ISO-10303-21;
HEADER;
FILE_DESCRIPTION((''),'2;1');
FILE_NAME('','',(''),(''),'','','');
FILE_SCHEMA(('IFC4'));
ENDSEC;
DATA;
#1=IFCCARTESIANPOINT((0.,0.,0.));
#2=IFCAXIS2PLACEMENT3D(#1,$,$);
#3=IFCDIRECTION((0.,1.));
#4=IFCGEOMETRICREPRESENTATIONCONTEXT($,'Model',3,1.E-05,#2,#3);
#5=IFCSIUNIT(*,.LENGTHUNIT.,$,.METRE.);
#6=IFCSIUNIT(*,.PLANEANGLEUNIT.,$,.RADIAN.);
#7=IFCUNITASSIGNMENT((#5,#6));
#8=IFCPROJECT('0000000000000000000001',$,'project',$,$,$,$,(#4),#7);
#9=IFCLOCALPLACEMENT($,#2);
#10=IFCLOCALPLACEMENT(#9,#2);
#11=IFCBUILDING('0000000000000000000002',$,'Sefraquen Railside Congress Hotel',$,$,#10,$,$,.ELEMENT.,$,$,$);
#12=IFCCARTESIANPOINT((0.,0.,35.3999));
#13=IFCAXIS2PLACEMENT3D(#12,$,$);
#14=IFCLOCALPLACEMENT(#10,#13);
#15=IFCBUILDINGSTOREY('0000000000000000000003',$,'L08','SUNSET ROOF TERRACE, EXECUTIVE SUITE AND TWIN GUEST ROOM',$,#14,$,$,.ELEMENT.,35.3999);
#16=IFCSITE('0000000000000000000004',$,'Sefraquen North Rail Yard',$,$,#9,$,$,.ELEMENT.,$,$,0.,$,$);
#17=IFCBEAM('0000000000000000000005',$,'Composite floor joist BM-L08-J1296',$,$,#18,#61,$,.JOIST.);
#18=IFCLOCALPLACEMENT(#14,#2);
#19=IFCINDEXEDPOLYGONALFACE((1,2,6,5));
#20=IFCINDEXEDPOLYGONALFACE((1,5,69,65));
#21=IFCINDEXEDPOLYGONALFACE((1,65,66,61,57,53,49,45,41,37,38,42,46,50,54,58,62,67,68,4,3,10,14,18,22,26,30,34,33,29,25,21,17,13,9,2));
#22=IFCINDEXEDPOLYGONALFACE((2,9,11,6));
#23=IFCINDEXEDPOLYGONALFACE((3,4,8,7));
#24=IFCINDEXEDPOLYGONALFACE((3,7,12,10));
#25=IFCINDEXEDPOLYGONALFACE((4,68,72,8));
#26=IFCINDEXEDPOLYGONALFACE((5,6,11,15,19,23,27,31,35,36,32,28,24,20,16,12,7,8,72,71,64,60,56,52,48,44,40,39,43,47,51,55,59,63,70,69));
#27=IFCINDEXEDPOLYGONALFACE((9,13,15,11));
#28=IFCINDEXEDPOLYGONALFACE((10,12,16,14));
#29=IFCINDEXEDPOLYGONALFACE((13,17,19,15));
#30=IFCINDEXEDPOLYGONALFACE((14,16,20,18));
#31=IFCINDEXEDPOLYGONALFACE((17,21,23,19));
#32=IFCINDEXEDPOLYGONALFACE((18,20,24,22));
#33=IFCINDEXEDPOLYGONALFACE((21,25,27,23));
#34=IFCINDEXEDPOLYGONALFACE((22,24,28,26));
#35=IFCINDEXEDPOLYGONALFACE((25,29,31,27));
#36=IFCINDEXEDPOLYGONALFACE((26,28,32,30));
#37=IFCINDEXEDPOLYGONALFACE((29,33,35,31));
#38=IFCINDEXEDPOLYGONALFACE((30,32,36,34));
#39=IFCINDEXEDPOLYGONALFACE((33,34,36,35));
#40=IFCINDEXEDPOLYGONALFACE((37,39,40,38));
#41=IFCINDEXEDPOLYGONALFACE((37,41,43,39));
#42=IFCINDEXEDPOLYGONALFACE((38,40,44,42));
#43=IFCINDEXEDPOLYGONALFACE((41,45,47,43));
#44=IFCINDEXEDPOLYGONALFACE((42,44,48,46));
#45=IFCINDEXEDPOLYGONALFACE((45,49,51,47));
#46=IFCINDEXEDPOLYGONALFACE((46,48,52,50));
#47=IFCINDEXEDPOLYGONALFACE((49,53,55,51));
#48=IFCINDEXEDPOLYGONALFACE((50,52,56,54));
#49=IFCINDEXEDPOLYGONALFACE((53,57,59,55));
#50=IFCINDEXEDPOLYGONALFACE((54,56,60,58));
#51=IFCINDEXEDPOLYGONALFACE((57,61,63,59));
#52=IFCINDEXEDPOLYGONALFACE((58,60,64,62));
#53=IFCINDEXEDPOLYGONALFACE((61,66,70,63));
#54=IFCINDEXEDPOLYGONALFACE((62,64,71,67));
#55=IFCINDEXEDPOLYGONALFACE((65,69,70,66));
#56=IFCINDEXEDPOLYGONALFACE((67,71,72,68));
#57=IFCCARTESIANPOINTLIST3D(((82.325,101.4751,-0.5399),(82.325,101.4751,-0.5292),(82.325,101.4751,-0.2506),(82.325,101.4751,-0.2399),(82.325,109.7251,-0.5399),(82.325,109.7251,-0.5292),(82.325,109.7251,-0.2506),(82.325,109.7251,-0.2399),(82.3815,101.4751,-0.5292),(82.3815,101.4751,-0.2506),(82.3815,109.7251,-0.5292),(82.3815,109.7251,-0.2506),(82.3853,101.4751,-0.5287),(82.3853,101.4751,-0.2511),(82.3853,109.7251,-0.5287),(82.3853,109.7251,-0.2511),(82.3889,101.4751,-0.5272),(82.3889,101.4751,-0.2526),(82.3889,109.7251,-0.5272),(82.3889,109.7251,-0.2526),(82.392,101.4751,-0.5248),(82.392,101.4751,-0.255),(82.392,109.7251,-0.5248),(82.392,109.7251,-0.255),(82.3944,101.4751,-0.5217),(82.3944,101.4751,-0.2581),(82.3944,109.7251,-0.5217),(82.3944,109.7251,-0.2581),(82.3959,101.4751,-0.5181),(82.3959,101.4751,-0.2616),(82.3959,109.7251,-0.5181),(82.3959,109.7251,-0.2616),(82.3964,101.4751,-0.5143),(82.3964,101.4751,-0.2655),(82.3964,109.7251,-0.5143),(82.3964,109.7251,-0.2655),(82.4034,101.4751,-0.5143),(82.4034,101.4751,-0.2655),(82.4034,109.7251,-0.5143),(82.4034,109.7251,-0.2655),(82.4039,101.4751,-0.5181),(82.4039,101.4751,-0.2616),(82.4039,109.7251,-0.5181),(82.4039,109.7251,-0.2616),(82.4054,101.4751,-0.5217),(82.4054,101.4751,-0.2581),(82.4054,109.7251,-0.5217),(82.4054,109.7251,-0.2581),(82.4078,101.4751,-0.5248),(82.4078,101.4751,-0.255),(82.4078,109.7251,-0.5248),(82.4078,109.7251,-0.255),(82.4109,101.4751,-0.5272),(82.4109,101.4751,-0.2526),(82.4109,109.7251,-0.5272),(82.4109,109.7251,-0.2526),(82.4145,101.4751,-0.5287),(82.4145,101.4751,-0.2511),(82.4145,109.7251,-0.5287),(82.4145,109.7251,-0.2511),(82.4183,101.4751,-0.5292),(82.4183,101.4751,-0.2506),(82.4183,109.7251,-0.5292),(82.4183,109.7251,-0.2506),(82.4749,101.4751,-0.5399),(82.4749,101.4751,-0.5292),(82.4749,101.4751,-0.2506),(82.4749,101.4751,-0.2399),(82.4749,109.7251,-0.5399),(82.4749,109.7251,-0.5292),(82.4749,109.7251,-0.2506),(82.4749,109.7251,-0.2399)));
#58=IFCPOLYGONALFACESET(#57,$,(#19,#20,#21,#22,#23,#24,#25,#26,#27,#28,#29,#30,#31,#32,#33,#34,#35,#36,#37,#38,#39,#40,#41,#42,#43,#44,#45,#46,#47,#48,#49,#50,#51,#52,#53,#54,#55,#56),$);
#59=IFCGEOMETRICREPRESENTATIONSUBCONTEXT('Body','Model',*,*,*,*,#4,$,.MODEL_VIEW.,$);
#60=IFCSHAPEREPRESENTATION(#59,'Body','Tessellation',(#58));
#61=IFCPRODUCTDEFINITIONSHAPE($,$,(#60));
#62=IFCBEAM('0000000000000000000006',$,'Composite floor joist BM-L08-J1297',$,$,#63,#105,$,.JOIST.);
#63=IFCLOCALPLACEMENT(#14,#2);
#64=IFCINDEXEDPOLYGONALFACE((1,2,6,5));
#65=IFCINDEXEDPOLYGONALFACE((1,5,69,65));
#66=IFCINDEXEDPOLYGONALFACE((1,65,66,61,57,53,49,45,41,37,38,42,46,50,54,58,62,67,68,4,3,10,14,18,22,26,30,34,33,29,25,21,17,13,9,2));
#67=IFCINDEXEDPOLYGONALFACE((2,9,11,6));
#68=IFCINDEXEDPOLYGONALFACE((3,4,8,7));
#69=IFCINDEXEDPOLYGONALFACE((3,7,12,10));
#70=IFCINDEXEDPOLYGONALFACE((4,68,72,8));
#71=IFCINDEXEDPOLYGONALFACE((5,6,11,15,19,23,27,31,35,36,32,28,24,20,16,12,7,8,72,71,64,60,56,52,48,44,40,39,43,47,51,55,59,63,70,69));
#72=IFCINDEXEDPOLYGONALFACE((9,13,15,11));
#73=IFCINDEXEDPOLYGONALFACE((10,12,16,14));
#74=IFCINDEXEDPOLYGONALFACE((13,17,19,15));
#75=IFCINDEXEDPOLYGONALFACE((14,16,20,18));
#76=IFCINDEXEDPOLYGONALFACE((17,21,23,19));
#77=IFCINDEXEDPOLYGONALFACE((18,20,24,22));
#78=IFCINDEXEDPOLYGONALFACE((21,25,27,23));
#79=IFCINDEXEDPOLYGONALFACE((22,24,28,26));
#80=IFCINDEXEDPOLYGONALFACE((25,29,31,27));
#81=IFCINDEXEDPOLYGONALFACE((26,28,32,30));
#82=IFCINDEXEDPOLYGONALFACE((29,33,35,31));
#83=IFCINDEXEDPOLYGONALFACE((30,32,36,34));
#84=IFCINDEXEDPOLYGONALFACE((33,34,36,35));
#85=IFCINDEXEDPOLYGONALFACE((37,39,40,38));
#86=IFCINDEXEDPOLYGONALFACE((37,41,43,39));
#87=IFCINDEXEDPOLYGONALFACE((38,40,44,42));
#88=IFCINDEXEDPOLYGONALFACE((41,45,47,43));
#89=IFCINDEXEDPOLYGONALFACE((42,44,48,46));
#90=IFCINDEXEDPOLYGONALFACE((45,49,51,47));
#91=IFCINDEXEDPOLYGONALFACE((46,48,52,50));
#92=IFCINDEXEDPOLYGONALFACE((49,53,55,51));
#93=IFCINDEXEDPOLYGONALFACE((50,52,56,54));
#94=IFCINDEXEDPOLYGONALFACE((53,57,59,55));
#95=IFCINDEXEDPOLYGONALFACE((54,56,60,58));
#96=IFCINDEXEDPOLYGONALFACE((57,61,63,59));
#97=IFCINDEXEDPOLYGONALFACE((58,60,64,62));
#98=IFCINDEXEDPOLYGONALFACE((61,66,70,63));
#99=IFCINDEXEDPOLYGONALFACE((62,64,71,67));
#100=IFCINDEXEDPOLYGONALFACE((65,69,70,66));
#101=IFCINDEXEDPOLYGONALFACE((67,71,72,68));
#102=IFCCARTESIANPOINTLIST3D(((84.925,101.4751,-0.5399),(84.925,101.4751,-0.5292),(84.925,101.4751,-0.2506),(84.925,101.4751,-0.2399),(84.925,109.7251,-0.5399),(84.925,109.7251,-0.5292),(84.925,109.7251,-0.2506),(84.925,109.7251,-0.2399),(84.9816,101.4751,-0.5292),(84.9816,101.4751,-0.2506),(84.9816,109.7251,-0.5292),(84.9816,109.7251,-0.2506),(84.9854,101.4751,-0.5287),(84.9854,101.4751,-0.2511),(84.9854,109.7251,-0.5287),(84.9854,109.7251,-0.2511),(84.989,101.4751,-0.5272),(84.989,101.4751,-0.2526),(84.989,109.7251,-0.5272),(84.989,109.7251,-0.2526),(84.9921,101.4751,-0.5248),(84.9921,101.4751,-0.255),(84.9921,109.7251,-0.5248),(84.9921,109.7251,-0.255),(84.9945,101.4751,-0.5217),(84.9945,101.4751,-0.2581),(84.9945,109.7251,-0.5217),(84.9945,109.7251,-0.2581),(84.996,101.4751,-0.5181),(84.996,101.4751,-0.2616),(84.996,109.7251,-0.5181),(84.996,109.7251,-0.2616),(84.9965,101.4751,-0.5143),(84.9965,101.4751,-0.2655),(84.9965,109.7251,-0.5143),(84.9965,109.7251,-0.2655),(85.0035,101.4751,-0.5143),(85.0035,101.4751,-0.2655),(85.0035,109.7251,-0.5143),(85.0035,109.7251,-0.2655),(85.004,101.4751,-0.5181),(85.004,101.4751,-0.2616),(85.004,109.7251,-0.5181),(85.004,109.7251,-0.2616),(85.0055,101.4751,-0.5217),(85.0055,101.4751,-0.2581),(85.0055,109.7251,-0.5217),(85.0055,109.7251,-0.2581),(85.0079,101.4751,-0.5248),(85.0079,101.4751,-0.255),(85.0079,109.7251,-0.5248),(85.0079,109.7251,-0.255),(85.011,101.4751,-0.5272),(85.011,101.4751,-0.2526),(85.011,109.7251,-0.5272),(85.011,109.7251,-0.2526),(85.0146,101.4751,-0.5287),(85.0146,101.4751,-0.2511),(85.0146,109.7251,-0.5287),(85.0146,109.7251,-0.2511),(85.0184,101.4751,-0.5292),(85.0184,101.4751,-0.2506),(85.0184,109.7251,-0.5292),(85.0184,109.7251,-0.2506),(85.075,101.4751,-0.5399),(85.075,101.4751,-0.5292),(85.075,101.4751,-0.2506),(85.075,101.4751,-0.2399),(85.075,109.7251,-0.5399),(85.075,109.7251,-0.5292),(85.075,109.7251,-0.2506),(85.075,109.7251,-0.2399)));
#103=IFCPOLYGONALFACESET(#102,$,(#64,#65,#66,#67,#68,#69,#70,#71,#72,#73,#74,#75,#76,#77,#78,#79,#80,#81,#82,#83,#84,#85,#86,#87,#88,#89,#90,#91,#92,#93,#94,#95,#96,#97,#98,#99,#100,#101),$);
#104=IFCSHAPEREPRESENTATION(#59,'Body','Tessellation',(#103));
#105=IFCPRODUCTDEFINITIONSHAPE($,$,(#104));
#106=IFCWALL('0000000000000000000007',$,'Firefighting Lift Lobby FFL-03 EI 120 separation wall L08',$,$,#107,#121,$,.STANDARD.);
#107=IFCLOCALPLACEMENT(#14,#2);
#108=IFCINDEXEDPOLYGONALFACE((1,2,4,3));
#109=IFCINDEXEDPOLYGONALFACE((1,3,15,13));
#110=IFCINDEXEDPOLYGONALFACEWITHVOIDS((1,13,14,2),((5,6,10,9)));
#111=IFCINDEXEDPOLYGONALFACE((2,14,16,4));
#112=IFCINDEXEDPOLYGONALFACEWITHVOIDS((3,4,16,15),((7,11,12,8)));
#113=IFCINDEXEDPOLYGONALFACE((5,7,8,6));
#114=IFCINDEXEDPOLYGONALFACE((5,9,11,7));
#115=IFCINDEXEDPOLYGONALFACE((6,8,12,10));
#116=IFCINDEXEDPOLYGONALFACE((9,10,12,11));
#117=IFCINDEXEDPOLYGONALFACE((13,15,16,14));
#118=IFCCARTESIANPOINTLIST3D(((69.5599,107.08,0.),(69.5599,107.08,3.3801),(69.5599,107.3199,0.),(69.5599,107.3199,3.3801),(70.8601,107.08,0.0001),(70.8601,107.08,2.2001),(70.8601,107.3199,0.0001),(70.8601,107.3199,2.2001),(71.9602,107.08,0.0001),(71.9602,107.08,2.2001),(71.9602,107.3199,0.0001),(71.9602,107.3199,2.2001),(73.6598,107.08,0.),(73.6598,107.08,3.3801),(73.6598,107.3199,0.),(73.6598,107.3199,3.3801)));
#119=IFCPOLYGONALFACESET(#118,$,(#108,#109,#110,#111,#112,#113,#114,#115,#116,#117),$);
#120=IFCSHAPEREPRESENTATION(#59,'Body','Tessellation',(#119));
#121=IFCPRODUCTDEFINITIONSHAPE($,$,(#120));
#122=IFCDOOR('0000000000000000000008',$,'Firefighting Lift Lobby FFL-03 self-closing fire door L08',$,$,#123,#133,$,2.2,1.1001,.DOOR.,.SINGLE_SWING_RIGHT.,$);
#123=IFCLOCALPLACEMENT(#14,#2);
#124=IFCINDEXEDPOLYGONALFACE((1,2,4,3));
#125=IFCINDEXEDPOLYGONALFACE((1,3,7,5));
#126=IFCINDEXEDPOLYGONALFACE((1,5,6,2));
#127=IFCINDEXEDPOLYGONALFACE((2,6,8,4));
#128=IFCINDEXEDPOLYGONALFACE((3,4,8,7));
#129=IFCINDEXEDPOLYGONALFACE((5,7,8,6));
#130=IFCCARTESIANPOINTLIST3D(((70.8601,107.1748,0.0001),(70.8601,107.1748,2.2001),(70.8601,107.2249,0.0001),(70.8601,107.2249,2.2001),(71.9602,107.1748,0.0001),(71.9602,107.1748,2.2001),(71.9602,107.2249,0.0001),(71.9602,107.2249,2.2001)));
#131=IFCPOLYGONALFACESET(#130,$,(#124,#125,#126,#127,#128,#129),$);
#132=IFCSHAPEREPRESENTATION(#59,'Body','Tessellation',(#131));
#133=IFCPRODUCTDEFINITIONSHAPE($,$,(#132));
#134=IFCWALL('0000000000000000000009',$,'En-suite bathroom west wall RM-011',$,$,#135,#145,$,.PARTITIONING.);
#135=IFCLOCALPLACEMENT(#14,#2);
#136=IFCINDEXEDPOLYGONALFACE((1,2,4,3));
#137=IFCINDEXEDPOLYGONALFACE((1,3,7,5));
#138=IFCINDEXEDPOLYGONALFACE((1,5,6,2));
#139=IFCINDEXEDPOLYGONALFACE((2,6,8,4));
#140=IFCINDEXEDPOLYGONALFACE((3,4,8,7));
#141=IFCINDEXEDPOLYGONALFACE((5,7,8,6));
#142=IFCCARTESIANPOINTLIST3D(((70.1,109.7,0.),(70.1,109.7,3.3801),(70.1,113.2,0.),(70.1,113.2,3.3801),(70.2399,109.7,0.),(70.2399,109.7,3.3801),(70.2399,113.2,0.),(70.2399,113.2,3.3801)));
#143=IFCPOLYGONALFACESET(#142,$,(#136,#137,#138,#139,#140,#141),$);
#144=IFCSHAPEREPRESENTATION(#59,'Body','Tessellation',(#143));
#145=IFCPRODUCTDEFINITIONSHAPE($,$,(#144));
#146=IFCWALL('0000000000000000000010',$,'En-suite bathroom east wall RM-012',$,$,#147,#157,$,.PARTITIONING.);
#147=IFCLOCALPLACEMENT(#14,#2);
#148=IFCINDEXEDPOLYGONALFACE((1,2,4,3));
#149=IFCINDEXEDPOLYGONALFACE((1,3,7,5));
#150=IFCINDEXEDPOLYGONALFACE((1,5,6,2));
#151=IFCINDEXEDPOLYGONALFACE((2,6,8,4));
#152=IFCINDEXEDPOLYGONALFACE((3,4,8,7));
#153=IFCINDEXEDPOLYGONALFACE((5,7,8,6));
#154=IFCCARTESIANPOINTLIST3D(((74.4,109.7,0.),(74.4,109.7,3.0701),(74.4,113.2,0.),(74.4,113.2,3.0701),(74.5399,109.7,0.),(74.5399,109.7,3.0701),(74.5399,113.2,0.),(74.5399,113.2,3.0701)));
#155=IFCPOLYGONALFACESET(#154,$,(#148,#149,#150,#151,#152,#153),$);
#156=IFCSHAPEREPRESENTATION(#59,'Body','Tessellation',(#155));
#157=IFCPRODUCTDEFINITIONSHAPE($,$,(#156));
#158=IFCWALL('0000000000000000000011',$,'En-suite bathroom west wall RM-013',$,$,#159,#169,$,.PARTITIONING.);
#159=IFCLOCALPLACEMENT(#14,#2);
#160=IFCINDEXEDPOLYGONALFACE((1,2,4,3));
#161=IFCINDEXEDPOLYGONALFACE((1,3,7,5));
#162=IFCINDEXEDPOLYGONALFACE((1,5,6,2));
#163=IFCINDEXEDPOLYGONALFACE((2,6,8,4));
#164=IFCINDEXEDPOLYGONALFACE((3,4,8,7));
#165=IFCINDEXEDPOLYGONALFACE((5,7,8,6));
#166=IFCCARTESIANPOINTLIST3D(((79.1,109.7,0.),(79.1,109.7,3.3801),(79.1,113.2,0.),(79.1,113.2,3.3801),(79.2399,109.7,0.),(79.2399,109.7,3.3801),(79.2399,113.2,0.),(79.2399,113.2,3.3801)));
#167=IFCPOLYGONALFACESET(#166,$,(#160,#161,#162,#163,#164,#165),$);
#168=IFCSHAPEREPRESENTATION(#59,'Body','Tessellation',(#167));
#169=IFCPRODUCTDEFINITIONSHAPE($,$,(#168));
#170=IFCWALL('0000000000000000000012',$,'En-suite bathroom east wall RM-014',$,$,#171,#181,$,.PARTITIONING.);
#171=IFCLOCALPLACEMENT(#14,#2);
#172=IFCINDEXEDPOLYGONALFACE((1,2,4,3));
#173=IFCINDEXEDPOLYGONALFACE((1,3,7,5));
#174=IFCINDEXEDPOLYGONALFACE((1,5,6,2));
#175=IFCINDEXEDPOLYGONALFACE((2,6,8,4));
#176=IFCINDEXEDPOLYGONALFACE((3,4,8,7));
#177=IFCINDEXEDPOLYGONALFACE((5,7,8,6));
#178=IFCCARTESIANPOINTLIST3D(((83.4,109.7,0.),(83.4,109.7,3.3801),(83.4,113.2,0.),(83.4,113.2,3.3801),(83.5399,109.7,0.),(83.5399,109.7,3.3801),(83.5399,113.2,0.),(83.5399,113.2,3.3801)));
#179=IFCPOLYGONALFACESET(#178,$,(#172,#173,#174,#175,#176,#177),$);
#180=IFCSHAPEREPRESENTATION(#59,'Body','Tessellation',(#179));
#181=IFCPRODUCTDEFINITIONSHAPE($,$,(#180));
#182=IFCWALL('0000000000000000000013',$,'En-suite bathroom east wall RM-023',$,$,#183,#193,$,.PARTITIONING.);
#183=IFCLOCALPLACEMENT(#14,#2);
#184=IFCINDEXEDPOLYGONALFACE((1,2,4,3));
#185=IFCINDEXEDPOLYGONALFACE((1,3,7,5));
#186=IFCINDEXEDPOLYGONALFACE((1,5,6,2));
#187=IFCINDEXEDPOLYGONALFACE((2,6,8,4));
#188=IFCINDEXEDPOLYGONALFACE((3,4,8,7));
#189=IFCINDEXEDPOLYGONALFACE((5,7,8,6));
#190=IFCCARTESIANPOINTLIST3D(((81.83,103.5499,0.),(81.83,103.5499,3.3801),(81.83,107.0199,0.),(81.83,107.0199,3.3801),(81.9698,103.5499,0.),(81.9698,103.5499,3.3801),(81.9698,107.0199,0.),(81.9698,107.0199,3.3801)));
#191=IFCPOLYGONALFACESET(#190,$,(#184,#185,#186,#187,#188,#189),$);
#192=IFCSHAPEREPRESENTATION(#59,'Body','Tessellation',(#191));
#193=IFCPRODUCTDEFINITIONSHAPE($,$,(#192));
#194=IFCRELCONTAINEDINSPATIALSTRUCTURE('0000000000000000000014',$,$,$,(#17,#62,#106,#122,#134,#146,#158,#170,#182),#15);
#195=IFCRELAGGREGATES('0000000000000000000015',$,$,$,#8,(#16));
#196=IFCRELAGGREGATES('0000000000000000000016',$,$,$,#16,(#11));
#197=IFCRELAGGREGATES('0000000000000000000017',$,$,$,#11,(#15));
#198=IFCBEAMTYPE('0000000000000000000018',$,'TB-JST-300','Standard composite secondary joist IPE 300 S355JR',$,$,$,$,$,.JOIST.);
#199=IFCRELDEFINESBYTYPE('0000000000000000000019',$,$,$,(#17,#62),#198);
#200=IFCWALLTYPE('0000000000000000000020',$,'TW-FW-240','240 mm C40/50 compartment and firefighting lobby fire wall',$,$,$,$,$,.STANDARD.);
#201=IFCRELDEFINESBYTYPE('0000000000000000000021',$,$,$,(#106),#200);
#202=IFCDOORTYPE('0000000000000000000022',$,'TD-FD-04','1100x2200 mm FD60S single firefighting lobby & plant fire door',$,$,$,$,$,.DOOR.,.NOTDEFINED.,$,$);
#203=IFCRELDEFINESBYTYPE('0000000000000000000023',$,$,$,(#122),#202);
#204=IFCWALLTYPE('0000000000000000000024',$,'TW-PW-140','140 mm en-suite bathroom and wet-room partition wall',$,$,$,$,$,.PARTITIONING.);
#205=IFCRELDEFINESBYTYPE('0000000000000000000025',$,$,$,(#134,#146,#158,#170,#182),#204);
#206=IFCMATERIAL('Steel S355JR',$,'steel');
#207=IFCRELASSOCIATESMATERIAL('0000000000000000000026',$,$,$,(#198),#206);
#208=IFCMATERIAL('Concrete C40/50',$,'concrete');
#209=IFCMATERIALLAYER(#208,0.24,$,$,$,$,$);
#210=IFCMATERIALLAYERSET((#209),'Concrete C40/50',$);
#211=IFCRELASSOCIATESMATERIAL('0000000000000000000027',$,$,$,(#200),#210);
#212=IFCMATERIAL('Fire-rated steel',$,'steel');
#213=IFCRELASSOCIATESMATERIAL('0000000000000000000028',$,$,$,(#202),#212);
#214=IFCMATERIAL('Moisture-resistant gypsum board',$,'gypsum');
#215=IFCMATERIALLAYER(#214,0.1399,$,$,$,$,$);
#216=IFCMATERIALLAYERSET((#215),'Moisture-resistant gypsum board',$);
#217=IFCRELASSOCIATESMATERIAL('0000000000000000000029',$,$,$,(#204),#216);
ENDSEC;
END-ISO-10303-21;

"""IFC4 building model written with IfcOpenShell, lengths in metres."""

from ifc_helpers import new_model, si_unit, direction, frame, frame_2d, origin, origin_2d, place, context, subcontext, project, spatial, rectangle, i_section, extrude, material, layer, layer_set, material_profile, profile_set, type_object, element, fill, save


model = new_model("IFC4")

# Units and contexts
model_context = context("Model", 3, precision=1e-05, world=origin(), true_north=direction((0.0, 1.0)))
body_context = subcontext(model_context, "Body", "Model", "MODEL_VIEW")
ifc_project = project(units=[si_unit("LENGTHUNIT", "METRE"), si_unit("PLANEANGLEUNIT", "RADIAN")], contexts=[model_context])

# Site, building, storey
site_placement = place(None, origin())
site = spatial("IfcSite", under=ifc_project, at=site_placement, Name="Sefraquen North Rail Yard", CompositionType="ELEMENT", RefElevation=0.0)
building_placement = place(site_placement, origin())
building = spatial("IfcBuilding", under=site, at=building_placement, Name="Sefraquen Railside Congress Hotel", CompositionType="ELEMENT")
storey_placement = place(building_placement, frame((0.0, 0.0, 35.3999)))
storey = spatial("IfcBuildingStorey", under=building, at=storey_placement, Name="L08", Description="SUNSET ROOF TERRACE, EXECUTIVE SUITE AND TWIN GUEST ROOM", CompositionType="ELEMENT", Elevation=35.3999)

# Shared definitions
ifc_material_1 = material(Name="Steel S355JR", Category="steel")

# Beams
ifc_material_profile_1 = material_profile(ifc_material_1, i_section(OverallWidth=0.1499, OverallDepth=0.3, WebThickness=0.0071, FlangeThickness=0.0107, FilletRadius=0.0149, at=origin_2d()), Name="IPE 300")
ifc_profile_set_1 = profile_set([ifc_material_profile_1], Name="Steel S355JR")
beam_type_1 = type_object("IfcBeamType", Name="TB-JST-300", Description="Standard composite secondary joist IPE 300 S355JR", PredefinedType="JOIST", material=ifc_profile_set_1)
for number, where, z_axis, x_axis, name in (
    (1, (82.3999, 101.4751, -0.3899), (0.0, 1.0, 0.0), (-1.0, 0.0, 0.0), "Composite floor joist BM-L08-J1296"),
    (2, (85.0, 101.4751, -0.3899), (0.0, 1.0, 0.0), (-1.0, 0.0, 0.0), "Composite floor joist BM-L08-J1297"),
):
    element("IfcBeam", number, at=place(storey_placement, frame(where, z_axis=z_axis, x_axis=x_axis)), inside=storey, type_object=beam_type_1, Name=name, PredefinedType="JOIST", context=body_context, shape_type="SweptSolid", body=[
        extrude(i_section(OverallWidth=0.1499, OverallDepth=0.3, WebThickness=0.0071, FlangeThickness=0.0107, FilletRadius=0.0149, at=origin_2d()), origin(), (0.0, 0.0, 1.0), 8.25),
    ])

# Wall, opening, door
ifc_material_2 = material(Name="Concrete C40/50", Category="concrete")
ifc_layer_1 = layer(ifc_material_2, 0.24)
ifc_layer_set_1 = layer_set([ifc_layer_1], Name="Concrete C40/50")
wall_type_1 = type_object("IfcWallType", Name="TW-FW-240", Description="240 mm C40/50 compartment and firefighting lobby fire wall", PredefinedType="STANDARD", material=ifc_layer_set_1)
wall_1_placement = place(storey_placement, frame((69.5601, 107.2, 0.0), z_axis=(0.0, 0.0, 1.0), x_axis=(1.0, 0.0, 0.0)))
wall_1 = element("IfcWall", 3, at=wall_1_placement, inside=storey, type_object=wall_type_1, Name="Firefighting Lift Lobby FFL-03 EI 120 separation wall L08", PredefinedType="STANDARD", context=body_context, shape_type="SweptSolid", body=[
    extrude(rectangle(XDim=4.0999, YDim=0.24, at=frame_2d((2.0498, 0.0))), origin(), (0.0, 0.0, 1.0), 3.3801),
])
opening_1_placement = place(wall_1_placement, frame((1.3, 0.0, 0.0)))
opening_1 = element("IfcOpeningElement", 4, at=opening_1_placement, cuts=wall_1, PredefinedType="OPENING", context=body_context, shape_type="SweptSolid", body=[
    extrude(rectangle(XDim=1.1001, YDim=2.2, at=frame_2d((0.55, 1.1001))), frame((0.0, 0.1299, 0.0), z_axis=(0.0, -1.0, 0.0), x_axis=(1.0, 0.0, 0.0)), (0.0, 0.0, 1.0), 0.26),
])
ifc_material_3 = material(Name="Fire-rated steel", Category="steel")
door_type_1 = type_object("IfcDoorType", Name="TD-FD-04", Description="1100x2200 mm FD60S single firefighting lobby & plant fire door", OperationType="NOTDEFINED", PredefinedType="DOOR", material=ifc_material_3)
door_1_placement = place(opening_1_placement, origin())
door_1 = element("IfcDoor", 5, at=door_1_placement, inside=storey, type_object=door_type_1, Name="Firefighting Lift Lobby FFL-03 self-closing fire door L08", OperationType="SINGLE_SWING_RIGHT", OverallHeight=2.2, OverallWidth=1.1001, PredefinedType="DOOR", context=body_context, shape_type="SweptSolid", body=[
    extrude(rectangle(XDim=1.1001, YDim=2.2, at=frame_2d((0.55, 1.1001))), frame((0.0, 0.0249, 0.0), z_axis=(0.0, -1.0, 0.0), x_axis=(1.0, 0.0, 0.0)), (0.0, 0.0, 1.0), 0.05),
])
fill(opening_1, door_1)

# Walls
ifc_material_4 = material(Name="Moisture-resistant gypsum board", Category="gypsum")
ifc_layer_2 = layer(ifc_material_4, 0.1399)
ifc_layer_set_2 = layer_set([ifc_layer_2], Name="Moisture-resistant gypsum board")
wall_type_2 = type_object("IfcWallType", Name="TW-PW-140", Description="140 mm en-suite bathroom and wet-room partition wall", PredefinedType="PARTITIONING", material=ifc_layer_set_2)
wall_2_placement = place(storey_placement, frame((70.1699, 109.7, 0.0), z_axis=(0.0, 0.0, 1.0), x_axis=(0.0, 1.0, 0.0)))
element("IfcWall", 6, at=wall_2_placement, inside=storey, type_object=wall_type_2, Name="En-suite bathroom west wall RM-011", PredefinedType="PARTITIONING", context=body_context, shape_type="SweptSolid", body=[
    extrude(rectangle(XDim=3.5, YDim=0.1399, at=frame_2d((1.75, 0.0))), origin(), (0.0, 0.0, 1.0), 3.3801),
])
wall_3_placement = place(storey_placement, frame((74.47, 109.7, 0.0), z_axis=(0.0, 0.0, 1.0), x_axis=(0.0, 1.0, 0.0)))
element("IfcWall", 7, at=wall_3_placement, inside=storey, type_object=wall_type_2, Name="En-suite bathroom east wall RM-012", PredefinedType="PARTITIONING", context=body_context, shape_type="SweptSolid", body=[
    extrude(rectangle(XDim=3.5, YDim=0.1399, at=frame_2d((1.75, 0.0))), origin(), (0.0, 0.0, 1.0), 3.0701),
])
for number, where, z_axis, x_axis, name in (
    (8, (79.1699, 109.7, 0.0), (0.0, 0.0, 1.0), (0.0, 1.0, 0.0), "En-suite bathroom west wall RM-013"),
    (9, (83.47, 109.7, 0.0), (0.0, 0.0, 1.0), (0.0, 1.0, 0.0), "En-suite bathroom east wall RM-014"),
):
    element("IfcWall", number, at=place(storey_placement, frame(where, z_axis=z_axis, x_axis=x_axis)), inside=storey, type_object=wall_type_2, Name=name, PredefinedType="PARTITIONING", context=body_context, shape_type="SweptSolid", body=[
        extrude(rectangle(XDim=3.5, YDim=0.1399, at=frame_2d((1.75, 0.0))), origin(), (0.0, 0.0, 1.0), 3.3801),
    ])
wall_4_placement = place(storey_placement, frame((81.8999, 103.55, 0.0), z_axis=(0.0, 0.0, 1.0), x_axis=(0.0, 1.0, 0.0)))
element("IfcWall", 10, at=wall_4_placement, inside=storey, type_object=wall_type_2, Name="En-suite bathroom east wall RM-023", PredefinedType="PARTITIONING", context=body_context, shape_type="SweptSolid", body=[
    extrude(rectangle(XDim=3.47, YDim=0.1399, at=frame_2d((1.7349, 0.0))), origin(), (0.0, 0.0, 1.0), 3.3801),
])

save(model, "model.ifc")
